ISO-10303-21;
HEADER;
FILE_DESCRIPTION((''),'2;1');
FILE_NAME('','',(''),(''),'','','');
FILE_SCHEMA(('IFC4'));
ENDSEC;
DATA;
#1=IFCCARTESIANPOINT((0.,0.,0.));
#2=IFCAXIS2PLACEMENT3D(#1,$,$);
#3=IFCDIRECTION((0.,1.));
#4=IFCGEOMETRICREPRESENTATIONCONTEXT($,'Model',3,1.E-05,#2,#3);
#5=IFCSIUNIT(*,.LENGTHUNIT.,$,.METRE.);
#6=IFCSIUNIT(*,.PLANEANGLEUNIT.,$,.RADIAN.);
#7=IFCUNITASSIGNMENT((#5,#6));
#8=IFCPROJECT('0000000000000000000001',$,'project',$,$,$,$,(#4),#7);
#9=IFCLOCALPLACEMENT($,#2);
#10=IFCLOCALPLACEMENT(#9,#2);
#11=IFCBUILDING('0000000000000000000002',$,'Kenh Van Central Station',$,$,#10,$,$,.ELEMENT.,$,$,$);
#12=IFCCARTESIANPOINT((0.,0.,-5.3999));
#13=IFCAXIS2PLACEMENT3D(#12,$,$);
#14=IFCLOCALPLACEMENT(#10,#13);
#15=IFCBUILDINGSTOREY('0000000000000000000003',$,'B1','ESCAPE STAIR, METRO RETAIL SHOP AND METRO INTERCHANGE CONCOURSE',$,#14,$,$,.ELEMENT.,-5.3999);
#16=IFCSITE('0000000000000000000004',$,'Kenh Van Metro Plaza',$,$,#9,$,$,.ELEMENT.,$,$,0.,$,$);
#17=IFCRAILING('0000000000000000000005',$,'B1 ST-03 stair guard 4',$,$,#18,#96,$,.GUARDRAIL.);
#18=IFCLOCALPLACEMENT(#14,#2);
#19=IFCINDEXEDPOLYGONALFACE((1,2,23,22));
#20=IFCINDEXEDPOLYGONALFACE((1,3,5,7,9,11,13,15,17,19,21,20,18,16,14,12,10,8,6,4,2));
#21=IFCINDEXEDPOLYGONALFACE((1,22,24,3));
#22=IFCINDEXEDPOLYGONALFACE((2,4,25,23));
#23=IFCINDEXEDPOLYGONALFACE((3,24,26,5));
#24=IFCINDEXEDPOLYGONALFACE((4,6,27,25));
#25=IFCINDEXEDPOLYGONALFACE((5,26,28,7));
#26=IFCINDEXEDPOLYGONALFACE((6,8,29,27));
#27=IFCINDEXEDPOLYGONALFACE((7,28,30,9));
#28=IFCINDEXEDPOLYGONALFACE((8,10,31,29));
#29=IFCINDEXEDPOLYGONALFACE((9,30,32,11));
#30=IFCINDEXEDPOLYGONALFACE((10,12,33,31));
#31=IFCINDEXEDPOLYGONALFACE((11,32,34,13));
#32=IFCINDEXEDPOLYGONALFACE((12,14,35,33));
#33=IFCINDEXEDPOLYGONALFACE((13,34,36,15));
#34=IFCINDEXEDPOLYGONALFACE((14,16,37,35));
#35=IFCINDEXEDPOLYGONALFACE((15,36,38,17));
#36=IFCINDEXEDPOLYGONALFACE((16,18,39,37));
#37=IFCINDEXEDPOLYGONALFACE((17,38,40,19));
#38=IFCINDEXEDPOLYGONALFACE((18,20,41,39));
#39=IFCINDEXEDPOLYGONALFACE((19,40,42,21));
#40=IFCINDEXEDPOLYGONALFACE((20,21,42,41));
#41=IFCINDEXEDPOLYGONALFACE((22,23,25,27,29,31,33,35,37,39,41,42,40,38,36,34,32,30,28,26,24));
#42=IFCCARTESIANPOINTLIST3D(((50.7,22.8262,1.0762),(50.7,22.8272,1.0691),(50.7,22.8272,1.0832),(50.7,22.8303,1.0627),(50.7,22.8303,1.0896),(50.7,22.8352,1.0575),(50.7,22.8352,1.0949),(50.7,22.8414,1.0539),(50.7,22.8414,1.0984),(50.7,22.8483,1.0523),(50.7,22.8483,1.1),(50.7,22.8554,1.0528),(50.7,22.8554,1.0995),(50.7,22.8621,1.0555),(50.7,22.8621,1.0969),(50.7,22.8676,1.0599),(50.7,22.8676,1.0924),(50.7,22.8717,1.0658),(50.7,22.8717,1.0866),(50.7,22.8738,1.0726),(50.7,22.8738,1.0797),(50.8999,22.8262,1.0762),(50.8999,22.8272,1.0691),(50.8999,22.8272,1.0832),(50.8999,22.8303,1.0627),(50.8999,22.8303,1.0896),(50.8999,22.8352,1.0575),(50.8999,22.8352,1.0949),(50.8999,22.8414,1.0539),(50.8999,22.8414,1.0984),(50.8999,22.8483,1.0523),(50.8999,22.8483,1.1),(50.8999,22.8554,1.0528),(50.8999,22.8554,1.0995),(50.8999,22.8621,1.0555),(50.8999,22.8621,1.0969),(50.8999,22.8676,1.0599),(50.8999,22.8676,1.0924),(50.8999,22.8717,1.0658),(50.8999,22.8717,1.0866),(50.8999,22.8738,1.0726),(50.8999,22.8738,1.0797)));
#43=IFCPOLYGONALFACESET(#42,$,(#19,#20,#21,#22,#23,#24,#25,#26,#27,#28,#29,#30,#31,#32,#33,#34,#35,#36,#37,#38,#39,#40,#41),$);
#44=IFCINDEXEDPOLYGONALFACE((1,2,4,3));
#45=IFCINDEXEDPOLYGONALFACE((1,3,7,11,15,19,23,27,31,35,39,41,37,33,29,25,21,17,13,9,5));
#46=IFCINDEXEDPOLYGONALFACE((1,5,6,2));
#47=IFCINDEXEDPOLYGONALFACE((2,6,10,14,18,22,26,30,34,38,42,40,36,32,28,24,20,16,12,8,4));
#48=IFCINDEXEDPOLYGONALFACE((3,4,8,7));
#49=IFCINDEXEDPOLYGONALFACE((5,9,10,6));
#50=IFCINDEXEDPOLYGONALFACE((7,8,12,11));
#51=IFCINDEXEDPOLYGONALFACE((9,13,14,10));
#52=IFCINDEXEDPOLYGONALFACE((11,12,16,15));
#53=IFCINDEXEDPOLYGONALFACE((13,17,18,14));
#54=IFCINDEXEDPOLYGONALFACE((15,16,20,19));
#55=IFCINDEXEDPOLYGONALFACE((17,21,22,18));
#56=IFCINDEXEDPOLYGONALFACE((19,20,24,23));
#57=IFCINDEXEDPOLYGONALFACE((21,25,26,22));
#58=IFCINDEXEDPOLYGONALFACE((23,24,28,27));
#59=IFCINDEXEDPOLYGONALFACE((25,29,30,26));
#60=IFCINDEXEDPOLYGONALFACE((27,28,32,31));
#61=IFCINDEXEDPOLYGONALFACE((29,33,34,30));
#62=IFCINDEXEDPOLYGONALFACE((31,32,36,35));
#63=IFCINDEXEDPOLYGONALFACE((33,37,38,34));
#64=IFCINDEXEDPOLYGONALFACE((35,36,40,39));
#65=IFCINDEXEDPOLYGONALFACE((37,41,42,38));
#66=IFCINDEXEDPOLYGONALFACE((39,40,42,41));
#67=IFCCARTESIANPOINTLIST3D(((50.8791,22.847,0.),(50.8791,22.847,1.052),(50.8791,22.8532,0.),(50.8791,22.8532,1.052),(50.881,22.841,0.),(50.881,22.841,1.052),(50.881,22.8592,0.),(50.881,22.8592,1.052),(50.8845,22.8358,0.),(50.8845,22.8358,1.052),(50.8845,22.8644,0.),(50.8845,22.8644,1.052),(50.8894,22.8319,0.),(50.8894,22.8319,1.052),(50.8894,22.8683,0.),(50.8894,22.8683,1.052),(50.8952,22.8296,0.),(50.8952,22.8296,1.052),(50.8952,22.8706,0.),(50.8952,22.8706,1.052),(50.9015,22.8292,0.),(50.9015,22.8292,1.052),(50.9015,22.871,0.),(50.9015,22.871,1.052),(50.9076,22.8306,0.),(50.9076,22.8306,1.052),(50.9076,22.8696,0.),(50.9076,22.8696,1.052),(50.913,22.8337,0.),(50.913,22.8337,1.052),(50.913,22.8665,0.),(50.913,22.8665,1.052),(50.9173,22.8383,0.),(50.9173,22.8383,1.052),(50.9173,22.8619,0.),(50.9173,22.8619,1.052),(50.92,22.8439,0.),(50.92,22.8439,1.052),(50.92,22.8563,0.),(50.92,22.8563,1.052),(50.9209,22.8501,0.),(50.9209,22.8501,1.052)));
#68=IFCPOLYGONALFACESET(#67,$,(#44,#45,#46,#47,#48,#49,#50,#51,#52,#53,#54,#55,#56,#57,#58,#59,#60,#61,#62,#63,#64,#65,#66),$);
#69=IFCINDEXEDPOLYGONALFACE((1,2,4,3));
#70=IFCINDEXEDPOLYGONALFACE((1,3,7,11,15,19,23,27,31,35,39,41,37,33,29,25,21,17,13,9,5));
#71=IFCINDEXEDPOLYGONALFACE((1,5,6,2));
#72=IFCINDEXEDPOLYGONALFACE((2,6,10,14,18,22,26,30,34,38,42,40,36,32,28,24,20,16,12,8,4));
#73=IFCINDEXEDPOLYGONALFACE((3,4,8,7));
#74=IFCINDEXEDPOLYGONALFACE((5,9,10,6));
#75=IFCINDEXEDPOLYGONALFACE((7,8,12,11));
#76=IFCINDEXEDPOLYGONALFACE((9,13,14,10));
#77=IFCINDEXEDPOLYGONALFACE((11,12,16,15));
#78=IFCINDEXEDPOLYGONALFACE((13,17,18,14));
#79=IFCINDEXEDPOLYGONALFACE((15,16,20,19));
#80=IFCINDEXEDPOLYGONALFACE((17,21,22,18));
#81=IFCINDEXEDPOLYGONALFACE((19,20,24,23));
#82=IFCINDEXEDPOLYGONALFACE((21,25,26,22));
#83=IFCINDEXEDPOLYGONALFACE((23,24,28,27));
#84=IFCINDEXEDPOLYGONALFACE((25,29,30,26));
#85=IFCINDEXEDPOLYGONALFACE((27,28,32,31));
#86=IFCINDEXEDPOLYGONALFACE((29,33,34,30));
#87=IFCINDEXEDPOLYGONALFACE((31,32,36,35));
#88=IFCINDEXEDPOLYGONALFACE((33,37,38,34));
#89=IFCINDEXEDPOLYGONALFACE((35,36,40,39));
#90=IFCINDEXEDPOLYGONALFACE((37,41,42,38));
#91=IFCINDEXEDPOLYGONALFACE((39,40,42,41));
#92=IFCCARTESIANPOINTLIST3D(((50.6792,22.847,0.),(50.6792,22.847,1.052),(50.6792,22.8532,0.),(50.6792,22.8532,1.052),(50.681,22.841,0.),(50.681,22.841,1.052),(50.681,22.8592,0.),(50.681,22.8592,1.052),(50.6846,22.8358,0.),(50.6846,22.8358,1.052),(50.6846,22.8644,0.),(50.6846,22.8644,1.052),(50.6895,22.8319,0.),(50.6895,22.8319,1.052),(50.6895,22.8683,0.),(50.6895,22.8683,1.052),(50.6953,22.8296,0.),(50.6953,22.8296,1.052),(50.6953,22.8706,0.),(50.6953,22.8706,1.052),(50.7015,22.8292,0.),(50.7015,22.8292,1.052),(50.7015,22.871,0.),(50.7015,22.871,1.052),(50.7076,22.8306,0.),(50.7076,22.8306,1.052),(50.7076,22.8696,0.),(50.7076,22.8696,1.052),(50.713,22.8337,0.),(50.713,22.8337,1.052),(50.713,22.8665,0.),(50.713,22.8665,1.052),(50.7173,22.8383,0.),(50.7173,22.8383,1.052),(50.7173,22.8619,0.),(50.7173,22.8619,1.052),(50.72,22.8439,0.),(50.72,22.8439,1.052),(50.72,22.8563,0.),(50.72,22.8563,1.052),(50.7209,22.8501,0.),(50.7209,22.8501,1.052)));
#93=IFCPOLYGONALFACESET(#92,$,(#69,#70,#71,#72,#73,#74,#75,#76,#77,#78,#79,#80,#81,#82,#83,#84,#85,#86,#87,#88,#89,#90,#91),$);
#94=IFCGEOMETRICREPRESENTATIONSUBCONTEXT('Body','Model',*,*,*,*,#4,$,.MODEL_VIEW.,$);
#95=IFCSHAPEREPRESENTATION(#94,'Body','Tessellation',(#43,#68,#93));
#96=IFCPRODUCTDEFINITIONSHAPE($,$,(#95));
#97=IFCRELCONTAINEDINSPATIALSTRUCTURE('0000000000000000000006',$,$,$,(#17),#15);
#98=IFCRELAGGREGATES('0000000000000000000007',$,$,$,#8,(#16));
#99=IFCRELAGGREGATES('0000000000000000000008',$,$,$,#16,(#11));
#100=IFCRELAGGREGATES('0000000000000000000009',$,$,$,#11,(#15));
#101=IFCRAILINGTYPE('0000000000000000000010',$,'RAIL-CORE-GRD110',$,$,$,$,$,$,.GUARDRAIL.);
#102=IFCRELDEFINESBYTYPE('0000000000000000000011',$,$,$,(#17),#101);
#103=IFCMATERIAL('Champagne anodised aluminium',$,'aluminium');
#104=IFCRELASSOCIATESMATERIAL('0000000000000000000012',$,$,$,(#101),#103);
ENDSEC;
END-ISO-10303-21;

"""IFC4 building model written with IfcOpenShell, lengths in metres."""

from ifc_helpers import new_model, si_unit, direction, frame, origin, origin_2d, place, context, subcontext, project, spatial, circle, extrude, material, type_object, element, save


model = new_model("IFC4")

# Units and contexts
model_context = context("Model", 3, precision=1e-05, world=origin(), true_north=direction((0.0, 1.0)))
body_context = subcontext(model_context, "Body", "Model", "MODEL_VIEW")
ifc_project = project(units=[si_unit("LENGTHUNIT", "METRE"), si_unit("PLANEANGLEUNIT", "RADIAN")], contexts=[model_context])

# Site, building, storey
site_placement = place(None, origin())
site = spatial("IfcSite", under=ifc_project, at=site_placement, Name="Kenh Van Metro Plaza", CompositionType="ELEMENT", RefElevation=0.0)
building_placement = place(site_placement, origin())
building = spatial("IfcBuilding", under=site, at=building_placement, Name="Kenh Van Central Station", CompositionType="ELEMENT")
storey_placement = place(building_placement, frame((0.0, 0.0, -5.3999)))
storey = spatial("IfcBuildingStorey", under=building, at=storey_placement, Name="B1", Description="ESCAPE STAIR, METRO RETAIL SHOP AND METRO INTERCHANGE CONCOURSE", CompositionType="ELEMENT", Elevation=-5.3999)

# Shared definitions
ifc_material_1 = material(Name="Champagne anodised aluminium", Category="aluminium")

# Railing
railing_type_1 = type_object("IfcRailingType", Name="RAIL-CORE-GRD110", PredefinedType="GUARDRAIL", material=ifc_material_1)
railing_1_placement = place(storey_placement, frame((50.8999, 22.8501, 0.0)))
element("IfcRailing", 1, at=railing_1_placement, inside=storey, type_object=railing_type_1, Name="B1 ST-03 stair guard 4", PredefinedType="GUARDRAIL", context=body_context, shape_type="SweptSolid", body=[
    extrude(circle(Radius=0.0239, at=origin_2d()), frame((0.0, 0.0, 1.0762), z_axis=(-1.0, 0.0, 0.0), x_axis=(0.0, -1.0, 0.0)), (0.0, 0.0, 1.0), 0.2),
    extrude(circle(Radius=0.021, at=origin_2d()), origin(), (0.0, 0.0, 1.0), 1.052),
    extrude(circle(Radius=0.021, at=origin_2d()), frame((-0.2, 0.0, 0.0)), (0.0, 0.0, 1.0), 1.052),
])

save(model, "model.ifc")
